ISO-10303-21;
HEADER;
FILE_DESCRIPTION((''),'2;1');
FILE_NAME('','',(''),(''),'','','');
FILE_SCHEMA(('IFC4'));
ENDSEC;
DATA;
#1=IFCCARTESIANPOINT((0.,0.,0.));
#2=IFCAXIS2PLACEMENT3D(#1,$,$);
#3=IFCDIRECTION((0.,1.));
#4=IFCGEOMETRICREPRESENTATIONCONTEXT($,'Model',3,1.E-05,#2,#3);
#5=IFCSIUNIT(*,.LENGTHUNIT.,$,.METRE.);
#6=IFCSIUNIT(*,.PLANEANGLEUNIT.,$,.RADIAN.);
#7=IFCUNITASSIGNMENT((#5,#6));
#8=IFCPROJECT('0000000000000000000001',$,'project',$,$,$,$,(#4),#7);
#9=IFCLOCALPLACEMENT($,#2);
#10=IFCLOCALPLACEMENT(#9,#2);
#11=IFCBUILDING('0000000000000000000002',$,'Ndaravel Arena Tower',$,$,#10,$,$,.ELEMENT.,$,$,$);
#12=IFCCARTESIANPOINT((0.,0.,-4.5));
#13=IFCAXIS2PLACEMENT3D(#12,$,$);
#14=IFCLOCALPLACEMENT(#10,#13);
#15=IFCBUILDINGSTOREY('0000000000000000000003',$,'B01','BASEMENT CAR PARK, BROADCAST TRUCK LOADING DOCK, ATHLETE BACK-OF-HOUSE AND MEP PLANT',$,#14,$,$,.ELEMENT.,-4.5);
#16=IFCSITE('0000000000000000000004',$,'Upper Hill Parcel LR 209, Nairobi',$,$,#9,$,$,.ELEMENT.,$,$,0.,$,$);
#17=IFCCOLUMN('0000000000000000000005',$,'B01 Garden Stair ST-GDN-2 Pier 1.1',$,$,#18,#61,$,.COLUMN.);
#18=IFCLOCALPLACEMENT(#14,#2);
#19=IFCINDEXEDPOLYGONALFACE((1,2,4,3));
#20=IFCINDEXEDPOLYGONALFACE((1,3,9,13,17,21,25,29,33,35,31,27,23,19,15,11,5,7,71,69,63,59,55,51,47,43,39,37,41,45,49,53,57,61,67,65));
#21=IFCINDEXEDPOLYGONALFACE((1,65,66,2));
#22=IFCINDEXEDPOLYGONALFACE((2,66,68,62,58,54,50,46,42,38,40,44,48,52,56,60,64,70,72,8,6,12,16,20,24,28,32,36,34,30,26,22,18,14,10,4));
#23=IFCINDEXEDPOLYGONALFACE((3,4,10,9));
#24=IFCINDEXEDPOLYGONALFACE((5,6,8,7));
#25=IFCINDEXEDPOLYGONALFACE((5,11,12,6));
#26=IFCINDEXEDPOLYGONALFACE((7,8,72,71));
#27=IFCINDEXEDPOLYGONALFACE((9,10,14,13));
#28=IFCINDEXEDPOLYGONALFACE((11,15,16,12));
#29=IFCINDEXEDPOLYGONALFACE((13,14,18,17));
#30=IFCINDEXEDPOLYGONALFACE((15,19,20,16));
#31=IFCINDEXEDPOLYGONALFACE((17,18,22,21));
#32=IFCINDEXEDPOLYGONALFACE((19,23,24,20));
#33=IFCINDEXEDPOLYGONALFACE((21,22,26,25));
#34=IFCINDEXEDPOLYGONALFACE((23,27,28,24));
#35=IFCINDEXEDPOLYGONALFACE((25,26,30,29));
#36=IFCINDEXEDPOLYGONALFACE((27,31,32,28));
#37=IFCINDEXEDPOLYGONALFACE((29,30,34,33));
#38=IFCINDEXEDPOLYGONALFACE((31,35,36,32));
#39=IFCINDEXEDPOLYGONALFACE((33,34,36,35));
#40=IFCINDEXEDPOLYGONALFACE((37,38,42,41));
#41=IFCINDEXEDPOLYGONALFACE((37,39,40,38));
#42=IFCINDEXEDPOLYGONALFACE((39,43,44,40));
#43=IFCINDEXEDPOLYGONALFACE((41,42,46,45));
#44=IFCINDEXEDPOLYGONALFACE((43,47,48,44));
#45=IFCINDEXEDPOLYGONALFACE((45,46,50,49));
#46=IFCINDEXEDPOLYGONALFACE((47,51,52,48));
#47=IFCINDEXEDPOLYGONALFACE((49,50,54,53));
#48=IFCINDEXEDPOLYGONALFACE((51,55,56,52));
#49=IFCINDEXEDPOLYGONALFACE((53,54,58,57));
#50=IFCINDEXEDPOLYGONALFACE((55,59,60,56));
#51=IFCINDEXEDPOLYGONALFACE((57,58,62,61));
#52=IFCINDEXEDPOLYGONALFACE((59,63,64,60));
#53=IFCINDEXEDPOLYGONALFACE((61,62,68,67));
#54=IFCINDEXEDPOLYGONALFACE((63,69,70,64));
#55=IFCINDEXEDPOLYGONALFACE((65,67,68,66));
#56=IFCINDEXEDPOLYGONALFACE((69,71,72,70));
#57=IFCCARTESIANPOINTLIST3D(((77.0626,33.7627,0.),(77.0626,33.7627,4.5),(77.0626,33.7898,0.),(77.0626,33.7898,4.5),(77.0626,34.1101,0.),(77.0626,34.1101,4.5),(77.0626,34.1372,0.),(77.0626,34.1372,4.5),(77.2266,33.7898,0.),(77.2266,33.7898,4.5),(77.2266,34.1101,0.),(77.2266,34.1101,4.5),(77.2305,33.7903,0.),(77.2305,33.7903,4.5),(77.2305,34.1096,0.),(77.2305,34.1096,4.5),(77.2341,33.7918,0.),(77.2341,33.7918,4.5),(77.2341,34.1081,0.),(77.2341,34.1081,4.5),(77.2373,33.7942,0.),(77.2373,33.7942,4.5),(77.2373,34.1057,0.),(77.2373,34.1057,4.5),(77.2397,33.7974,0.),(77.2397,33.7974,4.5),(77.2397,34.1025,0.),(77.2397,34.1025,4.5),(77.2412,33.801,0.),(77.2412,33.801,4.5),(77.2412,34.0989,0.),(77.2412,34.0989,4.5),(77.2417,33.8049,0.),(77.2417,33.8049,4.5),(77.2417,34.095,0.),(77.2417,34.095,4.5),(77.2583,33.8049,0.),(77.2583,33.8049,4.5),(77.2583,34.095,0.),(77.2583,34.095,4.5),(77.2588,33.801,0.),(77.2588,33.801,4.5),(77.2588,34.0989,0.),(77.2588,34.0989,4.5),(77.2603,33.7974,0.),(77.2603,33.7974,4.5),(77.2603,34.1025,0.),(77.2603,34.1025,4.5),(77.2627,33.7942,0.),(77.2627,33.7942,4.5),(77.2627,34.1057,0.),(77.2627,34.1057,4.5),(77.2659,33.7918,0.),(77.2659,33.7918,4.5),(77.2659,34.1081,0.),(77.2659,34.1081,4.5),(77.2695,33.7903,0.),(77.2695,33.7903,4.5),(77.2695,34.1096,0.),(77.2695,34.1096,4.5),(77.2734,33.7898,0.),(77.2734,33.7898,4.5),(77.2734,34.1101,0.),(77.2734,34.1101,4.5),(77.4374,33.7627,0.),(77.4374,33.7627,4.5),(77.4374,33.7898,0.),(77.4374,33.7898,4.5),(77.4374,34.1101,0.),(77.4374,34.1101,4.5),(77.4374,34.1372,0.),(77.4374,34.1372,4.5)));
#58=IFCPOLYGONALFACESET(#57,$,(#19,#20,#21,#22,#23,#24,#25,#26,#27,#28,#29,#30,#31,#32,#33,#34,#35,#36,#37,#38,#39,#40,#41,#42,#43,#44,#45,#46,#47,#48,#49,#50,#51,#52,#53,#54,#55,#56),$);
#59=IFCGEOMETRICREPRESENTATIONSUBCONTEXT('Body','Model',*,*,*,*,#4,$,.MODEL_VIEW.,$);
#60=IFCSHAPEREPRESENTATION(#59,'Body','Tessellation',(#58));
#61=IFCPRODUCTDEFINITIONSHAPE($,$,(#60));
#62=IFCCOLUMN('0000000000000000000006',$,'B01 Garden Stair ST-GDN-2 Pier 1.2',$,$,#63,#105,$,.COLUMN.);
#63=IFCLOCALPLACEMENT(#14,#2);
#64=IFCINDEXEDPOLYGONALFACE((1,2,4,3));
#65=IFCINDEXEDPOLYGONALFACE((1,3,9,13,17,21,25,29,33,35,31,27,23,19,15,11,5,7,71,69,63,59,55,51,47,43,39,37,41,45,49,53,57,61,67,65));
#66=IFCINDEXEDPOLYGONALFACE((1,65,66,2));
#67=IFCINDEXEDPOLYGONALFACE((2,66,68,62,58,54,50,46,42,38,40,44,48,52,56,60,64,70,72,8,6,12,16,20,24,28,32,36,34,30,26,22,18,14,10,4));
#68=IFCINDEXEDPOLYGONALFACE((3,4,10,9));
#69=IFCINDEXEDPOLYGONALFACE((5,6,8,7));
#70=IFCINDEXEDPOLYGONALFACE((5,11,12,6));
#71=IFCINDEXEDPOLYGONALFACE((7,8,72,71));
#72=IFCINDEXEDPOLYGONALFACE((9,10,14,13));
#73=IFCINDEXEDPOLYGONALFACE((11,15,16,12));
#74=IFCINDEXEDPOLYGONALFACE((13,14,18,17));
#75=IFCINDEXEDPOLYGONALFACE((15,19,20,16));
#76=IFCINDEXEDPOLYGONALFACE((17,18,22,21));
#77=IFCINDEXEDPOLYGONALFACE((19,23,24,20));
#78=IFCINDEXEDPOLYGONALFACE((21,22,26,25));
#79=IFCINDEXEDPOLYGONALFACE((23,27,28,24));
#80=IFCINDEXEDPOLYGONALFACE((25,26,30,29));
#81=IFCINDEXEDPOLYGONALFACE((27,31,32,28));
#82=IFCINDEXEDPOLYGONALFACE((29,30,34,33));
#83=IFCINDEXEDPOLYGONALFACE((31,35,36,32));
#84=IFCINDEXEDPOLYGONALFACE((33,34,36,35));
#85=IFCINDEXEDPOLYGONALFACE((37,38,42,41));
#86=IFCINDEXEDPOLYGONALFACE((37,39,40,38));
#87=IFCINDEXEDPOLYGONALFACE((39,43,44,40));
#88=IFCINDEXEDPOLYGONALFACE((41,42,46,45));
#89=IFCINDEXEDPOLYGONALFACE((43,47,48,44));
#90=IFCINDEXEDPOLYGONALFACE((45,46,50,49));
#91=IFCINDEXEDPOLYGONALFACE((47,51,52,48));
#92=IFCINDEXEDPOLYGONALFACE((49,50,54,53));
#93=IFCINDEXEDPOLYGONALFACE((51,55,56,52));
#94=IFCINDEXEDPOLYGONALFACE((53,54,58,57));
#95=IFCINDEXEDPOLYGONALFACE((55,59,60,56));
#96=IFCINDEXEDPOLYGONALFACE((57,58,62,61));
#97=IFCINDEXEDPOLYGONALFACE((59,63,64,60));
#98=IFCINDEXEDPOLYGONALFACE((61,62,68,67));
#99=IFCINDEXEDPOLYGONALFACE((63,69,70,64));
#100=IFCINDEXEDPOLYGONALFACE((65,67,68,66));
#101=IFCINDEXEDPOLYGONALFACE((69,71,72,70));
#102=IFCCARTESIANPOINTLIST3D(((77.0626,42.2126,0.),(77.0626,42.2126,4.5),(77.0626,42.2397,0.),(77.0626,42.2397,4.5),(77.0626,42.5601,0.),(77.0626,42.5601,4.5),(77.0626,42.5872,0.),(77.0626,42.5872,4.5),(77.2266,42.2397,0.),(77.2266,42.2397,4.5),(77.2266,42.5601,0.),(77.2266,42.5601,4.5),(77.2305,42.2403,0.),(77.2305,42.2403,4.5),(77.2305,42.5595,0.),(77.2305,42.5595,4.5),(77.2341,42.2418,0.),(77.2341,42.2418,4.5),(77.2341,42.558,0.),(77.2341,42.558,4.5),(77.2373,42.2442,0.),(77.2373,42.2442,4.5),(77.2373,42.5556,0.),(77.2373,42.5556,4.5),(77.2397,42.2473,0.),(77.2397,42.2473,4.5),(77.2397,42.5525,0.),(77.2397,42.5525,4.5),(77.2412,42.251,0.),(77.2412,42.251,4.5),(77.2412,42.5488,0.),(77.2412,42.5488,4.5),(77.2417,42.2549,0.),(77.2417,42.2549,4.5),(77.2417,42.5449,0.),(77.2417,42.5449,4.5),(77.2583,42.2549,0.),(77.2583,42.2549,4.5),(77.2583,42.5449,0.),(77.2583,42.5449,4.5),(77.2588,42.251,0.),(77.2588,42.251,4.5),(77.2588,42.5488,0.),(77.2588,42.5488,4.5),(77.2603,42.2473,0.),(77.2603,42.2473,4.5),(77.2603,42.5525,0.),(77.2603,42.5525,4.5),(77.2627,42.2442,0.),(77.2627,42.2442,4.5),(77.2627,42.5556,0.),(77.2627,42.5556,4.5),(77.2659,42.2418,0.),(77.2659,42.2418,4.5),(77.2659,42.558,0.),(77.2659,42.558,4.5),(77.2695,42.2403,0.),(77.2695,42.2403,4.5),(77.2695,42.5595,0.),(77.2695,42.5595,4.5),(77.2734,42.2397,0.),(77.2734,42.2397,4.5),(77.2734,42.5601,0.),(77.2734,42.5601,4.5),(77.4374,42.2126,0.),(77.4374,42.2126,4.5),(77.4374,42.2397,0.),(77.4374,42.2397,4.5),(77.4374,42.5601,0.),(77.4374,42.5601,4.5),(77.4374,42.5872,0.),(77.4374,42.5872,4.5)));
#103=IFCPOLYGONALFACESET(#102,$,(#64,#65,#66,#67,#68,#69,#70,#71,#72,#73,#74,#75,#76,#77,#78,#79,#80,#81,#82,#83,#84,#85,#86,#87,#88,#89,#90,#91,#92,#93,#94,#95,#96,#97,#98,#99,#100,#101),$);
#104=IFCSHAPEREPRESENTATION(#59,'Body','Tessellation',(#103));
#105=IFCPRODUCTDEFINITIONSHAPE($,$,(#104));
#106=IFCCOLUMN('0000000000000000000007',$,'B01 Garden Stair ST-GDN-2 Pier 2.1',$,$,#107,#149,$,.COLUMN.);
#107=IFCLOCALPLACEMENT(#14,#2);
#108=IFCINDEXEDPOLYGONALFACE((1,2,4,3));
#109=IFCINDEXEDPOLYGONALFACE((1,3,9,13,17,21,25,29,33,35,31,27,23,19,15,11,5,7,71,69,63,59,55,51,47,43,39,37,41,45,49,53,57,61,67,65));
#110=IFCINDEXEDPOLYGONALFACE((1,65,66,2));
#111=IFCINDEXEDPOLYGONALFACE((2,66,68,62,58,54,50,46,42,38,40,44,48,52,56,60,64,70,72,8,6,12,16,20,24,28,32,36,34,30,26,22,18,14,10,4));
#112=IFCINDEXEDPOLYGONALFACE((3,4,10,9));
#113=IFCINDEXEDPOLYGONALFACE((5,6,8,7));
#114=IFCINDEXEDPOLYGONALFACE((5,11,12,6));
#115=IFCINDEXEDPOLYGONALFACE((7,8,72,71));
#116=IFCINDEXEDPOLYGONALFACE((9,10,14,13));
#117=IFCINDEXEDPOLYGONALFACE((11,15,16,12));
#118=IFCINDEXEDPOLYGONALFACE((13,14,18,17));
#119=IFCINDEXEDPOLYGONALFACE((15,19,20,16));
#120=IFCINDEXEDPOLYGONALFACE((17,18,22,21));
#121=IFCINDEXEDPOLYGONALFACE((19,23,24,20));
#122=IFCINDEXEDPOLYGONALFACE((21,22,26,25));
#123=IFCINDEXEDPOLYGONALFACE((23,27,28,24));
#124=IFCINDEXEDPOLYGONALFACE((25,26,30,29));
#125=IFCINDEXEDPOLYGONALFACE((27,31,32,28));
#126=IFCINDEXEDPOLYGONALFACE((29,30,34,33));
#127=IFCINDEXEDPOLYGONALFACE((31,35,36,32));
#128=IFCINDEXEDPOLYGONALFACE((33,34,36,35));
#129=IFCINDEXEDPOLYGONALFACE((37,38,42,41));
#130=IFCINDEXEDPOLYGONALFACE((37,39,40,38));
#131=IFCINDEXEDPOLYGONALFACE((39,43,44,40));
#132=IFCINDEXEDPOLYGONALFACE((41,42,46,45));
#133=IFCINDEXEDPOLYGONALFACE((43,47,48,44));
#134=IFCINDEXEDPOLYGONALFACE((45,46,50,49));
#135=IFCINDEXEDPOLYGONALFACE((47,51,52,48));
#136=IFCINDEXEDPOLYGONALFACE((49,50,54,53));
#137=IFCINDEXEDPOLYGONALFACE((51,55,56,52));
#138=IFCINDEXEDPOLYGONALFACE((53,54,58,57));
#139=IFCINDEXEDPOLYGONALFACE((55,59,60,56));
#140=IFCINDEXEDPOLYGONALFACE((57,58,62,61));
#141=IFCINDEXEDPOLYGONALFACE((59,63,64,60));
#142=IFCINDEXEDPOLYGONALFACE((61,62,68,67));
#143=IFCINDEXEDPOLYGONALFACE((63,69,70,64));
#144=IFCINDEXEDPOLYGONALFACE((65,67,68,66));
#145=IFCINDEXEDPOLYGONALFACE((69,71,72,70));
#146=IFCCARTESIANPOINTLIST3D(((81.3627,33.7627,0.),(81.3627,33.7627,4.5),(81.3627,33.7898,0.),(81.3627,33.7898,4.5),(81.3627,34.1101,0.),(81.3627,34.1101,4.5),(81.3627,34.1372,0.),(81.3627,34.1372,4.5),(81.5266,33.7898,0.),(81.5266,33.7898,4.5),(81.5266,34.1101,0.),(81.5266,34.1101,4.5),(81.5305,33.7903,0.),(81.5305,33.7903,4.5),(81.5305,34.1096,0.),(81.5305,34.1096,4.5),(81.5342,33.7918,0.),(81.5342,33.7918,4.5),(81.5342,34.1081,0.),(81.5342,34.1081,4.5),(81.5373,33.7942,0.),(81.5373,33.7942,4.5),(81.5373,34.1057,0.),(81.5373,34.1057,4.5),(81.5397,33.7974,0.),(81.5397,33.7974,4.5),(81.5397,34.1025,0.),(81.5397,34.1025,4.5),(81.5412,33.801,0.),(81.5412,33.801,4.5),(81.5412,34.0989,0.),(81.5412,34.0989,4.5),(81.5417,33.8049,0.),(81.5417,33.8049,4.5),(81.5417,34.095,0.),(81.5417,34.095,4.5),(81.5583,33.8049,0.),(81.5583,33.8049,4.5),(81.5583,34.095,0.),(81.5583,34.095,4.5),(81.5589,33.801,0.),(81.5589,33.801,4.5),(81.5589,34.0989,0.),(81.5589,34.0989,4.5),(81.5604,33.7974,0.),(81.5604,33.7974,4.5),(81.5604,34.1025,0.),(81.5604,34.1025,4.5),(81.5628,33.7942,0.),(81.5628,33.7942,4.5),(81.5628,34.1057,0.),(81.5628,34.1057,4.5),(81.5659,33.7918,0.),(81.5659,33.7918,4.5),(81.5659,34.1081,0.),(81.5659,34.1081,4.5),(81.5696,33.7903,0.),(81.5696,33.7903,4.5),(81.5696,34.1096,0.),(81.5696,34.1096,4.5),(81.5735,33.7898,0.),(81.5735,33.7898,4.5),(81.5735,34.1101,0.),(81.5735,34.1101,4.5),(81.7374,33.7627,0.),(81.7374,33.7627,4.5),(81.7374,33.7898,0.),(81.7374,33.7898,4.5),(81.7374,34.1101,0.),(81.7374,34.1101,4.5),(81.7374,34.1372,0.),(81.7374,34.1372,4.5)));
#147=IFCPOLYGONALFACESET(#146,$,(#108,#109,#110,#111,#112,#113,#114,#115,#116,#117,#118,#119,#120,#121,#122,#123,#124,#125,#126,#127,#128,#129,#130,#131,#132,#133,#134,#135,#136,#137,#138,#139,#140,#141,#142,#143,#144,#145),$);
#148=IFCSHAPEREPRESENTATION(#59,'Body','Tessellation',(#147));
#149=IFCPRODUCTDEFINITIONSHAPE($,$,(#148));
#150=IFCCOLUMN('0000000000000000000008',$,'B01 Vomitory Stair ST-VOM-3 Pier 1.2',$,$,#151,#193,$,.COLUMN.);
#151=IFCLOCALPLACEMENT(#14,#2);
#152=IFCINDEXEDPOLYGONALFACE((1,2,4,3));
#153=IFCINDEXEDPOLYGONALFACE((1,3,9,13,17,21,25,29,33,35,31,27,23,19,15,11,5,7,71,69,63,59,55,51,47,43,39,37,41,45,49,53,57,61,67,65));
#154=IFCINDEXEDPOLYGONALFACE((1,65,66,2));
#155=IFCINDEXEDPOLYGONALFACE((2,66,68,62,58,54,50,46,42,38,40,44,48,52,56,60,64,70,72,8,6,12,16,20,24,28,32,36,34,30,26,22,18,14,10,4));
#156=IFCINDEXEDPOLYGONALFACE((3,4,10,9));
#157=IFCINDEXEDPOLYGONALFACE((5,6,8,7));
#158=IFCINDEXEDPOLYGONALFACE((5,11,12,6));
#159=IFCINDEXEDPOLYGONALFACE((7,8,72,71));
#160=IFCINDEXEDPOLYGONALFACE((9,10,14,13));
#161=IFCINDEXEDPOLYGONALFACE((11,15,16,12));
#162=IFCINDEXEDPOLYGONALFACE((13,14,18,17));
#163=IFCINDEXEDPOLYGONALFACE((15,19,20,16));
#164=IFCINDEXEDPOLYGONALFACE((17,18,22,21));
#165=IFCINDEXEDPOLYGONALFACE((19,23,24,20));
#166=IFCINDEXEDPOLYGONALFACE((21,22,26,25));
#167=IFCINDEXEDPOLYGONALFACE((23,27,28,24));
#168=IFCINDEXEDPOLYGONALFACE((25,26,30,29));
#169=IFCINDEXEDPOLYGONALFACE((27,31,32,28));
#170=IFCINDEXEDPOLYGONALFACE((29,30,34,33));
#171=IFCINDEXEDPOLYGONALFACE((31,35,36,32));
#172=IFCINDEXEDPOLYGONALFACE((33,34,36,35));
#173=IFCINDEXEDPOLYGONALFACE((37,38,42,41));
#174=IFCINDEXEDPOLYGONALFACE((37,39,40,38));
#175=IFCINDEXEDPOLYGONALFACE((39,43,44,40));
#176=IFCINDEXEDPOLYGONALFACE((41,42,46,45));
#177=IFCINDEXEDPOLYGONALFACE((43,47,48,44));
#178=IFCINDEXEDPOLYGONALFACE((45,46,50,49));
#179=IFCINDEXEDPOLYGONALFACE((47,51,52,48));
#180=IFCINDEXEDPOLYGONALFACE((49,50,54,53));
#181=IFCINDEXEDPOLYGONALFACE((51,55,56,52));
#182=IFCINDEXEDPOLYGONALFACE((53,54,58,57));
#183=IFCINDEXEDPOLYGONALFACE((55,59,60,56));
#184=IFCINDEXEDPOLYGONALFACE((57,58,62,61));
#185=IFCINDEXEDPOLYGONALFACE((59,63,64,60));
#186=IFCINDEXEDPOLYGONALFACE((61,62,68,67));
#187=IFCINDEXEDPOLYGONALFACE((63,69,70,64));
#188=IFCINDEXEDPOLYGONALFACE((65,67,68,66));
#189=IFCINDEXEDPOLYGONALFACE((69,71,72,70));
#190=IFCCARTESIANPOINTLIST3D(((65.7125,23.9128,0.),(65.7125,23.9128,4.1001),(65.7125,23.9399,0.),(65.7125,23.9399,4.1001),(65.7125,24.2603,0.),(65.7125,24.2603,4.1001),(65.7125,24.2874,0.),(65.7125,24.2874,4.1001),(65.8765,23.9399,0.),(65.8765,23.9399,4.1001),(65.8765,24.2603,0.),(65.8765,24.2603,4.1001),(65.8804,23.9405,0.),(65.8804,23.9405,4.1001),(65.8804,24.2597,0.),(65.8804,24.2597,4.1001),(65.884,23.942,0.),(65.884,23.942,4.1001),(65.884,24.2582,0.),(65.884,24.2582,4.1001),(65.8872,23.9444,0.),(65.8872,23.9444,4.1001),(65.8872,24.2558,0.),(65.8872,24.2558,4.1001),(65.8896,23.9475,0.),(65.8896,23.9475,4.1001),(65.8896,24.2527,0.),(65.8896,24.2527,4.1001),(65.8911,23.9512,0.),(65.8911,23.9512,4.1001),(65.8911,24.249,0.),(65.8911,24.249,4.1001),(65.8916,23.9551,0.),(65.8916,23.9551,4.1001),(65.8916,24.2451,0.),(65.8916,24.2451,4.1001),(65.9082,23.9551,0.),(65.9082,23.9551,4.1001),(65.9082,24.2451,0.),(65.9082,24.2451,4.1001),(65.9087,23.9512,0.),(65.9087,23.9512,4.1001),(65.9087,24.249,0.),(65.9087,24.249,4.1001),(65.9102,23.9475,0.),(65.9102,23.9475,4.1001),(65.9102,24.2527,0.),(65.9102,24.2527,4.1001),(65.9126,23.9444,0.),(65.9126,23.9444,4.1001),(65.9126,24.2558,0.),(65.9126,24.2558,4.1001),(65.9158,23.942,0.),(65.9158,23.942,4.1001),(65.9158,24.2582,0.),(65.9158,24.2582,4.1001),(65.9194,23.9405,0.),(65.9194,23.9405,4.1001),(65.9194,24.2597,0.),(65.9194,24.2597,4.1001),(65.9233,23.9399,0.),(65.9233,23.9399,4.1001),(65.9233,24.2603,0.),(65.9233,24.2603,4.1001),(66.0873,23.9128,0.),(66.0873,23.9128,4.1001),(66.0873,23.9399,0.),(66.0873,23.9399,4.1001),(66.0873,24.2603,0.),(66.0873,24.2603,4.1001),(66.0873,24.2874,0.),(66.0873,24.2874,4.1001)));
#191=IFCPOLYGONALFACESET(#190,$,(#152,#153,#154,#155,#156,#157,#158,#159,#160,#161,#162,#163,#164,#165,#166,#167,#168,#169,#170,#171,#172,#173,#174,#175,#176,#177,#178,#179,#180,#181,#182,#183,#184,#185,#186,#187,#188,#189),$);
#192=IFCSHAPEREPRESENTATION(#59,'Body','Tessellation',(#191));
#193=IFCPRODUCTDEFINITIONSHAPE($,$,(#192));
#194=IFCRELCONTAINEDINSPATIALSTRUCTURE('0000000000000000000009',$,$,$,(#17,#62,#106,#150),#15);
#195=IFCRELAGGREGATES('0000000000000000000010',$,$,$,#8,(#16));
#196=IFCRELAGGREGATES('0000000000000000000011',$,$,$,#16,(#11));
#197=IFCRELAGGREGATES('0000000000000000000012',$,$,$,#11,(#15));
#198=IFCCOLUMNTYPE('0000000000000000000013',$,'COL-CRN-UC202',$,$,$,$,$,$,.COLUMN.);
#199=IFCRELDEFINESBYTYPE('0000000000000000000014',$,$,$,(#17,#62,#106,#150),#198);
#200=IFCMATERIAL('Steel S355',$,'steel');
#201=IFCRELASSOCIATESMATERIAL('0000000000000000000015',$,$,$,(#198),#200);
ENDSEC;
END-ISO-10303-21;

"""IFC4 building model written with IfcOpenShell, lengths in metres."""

from ifc_helpers import new_model, si_unit, direction, frame, origin, origin_2d, place, context, subcontext, project, spatial, i_section, extrude, material, material_profile, profile_set, type_object, element, save


model = new_model("IFC4")

# Units and contexts
model_context = context("Model", 3, precision=1e-05, world=origin(), true_north=direction((0.0, 1.0)))
body_context = subcontext(model_context, "Body", "Model", "MODEL_VIEW")
ifc_project = project(units=[si_unit("LENGTHUNIT", "METRE"), si_unit("PLANEANGLEUNIT", "RADIAN")], contexts=[model_context])

# Site, building, storey
site_placement = place(None, origin())
site = spatial("IfcSite", under=ifc_project, at=site_placement, Name="Upper Hill Parcel LR 209, Nairobi", CompositionType="ELEMENT", RefElevation=0.0)
building_placement = place(site_placement, origin())
building = spatial("IfcBuilding", under=site, at=building_placement, Name="Ndaravel Arena Tower", CompositionType="ELEMENT")
storey_placement = place(building_placement, frame((0.0, 0.0, -4.5)))
storey = spatial("IfcBuildingStorey", under=building, at=storey_placement, Name="B01", Description="BASEMENT CAR PARK, BROADCAST TRUCK LOADING DOCK, ATHLETE BACK-OF-HOUSE AND MEP PLANT", CompositionType="ELEMENT", Elevation=-4.5)

# Columns
ifc_material_1 = material(Name="Steel S355", Category="steel")
ifc_material_profile_1 = material_profile(ifc_material_1, i_section(OverallWidth=0.3748, OverallDepth=0.3745, WebThickness=0.0166, FlangeThickness=0.0271, FilletRadius=0.0151, at=origin_2d()), Name="UC 356x368x202")
ifc_profile_set_1 = profile_set([ifc_material_profile_1], Name="Steel S355")
column_type_1 = type_object("IfcColumnType", Name="COL-CRN-UC202", PredefinedType="COLUMN", material=ifc_profile_set_1)
for number, where, z_axis, x_axis, name in (
    (1, (77.25, 33.95, 0.0), (0.0, 0.0, 1.0), (1.0, 0.0, 0.0), "B01 Garden Stair ST-GDN-2 Pier 1.1"),
    (2, (77.25, 42.3999, 0.0), (0.0, 0.0, 1.0), (1.0, 0.0, 0.0), "B01 Garden Stair ST-GDN-2 Pier 1.2"),
    (3, (81.55, 33.95, 0.0), (0.0, 0.0, 1.0), (1.0, 0.0, 0.0), "B01 Garden Stair ST-GDN-2 Pier 2.1"),
):
    element("IfcColumn", number, at=place(storey_placement, frame(where, z_axis=z_axis, x_axis=x_axis)), inside=storey, type_object=column_type_1, Name=name, PredefinedType="COLUMN", context=body_context, shape_type="SweptSolid", body=[
        extrude(i_section(OverallWidth=0.3748, OverallDepth=0.3745, WebThickness=0.0166, FlangeThickness=0.0271, FilletRadius=0.0151, at=origin_2d()), origin(), (0.0, 0.0, 1.0), 4.5),
    ])
for number, where, z_axis, x_axis, name in (
    (4, (65.8999, 24.1001, 0.0), (0.0, 0.0, 1.0), (1.0, 0.0, 0.0), "B01 Vomitory Stair ST-VOM-3 Pier 1.2"),
):
    element("IfcColumn", number, at=place(storey_placement, frame(where, z_axis=z_axis, x_axis=x_axis)), inside=storey, type_object=column_type_1, Name=name, PredefinedType="COLUMN", context=body_context, shape_type="SweptSolid", body=[
        extrude(i_section(OverallWidth=0.3748, OverallDepth=0.3745, WebThickness=0.0166, FlangeThickness=0.0271, FilletRadius=0.0151, at=origin_2d()), origin(), (0.0, 0.0, 1.0), 4.1001),
    ])

save(model, "model.ifc")
